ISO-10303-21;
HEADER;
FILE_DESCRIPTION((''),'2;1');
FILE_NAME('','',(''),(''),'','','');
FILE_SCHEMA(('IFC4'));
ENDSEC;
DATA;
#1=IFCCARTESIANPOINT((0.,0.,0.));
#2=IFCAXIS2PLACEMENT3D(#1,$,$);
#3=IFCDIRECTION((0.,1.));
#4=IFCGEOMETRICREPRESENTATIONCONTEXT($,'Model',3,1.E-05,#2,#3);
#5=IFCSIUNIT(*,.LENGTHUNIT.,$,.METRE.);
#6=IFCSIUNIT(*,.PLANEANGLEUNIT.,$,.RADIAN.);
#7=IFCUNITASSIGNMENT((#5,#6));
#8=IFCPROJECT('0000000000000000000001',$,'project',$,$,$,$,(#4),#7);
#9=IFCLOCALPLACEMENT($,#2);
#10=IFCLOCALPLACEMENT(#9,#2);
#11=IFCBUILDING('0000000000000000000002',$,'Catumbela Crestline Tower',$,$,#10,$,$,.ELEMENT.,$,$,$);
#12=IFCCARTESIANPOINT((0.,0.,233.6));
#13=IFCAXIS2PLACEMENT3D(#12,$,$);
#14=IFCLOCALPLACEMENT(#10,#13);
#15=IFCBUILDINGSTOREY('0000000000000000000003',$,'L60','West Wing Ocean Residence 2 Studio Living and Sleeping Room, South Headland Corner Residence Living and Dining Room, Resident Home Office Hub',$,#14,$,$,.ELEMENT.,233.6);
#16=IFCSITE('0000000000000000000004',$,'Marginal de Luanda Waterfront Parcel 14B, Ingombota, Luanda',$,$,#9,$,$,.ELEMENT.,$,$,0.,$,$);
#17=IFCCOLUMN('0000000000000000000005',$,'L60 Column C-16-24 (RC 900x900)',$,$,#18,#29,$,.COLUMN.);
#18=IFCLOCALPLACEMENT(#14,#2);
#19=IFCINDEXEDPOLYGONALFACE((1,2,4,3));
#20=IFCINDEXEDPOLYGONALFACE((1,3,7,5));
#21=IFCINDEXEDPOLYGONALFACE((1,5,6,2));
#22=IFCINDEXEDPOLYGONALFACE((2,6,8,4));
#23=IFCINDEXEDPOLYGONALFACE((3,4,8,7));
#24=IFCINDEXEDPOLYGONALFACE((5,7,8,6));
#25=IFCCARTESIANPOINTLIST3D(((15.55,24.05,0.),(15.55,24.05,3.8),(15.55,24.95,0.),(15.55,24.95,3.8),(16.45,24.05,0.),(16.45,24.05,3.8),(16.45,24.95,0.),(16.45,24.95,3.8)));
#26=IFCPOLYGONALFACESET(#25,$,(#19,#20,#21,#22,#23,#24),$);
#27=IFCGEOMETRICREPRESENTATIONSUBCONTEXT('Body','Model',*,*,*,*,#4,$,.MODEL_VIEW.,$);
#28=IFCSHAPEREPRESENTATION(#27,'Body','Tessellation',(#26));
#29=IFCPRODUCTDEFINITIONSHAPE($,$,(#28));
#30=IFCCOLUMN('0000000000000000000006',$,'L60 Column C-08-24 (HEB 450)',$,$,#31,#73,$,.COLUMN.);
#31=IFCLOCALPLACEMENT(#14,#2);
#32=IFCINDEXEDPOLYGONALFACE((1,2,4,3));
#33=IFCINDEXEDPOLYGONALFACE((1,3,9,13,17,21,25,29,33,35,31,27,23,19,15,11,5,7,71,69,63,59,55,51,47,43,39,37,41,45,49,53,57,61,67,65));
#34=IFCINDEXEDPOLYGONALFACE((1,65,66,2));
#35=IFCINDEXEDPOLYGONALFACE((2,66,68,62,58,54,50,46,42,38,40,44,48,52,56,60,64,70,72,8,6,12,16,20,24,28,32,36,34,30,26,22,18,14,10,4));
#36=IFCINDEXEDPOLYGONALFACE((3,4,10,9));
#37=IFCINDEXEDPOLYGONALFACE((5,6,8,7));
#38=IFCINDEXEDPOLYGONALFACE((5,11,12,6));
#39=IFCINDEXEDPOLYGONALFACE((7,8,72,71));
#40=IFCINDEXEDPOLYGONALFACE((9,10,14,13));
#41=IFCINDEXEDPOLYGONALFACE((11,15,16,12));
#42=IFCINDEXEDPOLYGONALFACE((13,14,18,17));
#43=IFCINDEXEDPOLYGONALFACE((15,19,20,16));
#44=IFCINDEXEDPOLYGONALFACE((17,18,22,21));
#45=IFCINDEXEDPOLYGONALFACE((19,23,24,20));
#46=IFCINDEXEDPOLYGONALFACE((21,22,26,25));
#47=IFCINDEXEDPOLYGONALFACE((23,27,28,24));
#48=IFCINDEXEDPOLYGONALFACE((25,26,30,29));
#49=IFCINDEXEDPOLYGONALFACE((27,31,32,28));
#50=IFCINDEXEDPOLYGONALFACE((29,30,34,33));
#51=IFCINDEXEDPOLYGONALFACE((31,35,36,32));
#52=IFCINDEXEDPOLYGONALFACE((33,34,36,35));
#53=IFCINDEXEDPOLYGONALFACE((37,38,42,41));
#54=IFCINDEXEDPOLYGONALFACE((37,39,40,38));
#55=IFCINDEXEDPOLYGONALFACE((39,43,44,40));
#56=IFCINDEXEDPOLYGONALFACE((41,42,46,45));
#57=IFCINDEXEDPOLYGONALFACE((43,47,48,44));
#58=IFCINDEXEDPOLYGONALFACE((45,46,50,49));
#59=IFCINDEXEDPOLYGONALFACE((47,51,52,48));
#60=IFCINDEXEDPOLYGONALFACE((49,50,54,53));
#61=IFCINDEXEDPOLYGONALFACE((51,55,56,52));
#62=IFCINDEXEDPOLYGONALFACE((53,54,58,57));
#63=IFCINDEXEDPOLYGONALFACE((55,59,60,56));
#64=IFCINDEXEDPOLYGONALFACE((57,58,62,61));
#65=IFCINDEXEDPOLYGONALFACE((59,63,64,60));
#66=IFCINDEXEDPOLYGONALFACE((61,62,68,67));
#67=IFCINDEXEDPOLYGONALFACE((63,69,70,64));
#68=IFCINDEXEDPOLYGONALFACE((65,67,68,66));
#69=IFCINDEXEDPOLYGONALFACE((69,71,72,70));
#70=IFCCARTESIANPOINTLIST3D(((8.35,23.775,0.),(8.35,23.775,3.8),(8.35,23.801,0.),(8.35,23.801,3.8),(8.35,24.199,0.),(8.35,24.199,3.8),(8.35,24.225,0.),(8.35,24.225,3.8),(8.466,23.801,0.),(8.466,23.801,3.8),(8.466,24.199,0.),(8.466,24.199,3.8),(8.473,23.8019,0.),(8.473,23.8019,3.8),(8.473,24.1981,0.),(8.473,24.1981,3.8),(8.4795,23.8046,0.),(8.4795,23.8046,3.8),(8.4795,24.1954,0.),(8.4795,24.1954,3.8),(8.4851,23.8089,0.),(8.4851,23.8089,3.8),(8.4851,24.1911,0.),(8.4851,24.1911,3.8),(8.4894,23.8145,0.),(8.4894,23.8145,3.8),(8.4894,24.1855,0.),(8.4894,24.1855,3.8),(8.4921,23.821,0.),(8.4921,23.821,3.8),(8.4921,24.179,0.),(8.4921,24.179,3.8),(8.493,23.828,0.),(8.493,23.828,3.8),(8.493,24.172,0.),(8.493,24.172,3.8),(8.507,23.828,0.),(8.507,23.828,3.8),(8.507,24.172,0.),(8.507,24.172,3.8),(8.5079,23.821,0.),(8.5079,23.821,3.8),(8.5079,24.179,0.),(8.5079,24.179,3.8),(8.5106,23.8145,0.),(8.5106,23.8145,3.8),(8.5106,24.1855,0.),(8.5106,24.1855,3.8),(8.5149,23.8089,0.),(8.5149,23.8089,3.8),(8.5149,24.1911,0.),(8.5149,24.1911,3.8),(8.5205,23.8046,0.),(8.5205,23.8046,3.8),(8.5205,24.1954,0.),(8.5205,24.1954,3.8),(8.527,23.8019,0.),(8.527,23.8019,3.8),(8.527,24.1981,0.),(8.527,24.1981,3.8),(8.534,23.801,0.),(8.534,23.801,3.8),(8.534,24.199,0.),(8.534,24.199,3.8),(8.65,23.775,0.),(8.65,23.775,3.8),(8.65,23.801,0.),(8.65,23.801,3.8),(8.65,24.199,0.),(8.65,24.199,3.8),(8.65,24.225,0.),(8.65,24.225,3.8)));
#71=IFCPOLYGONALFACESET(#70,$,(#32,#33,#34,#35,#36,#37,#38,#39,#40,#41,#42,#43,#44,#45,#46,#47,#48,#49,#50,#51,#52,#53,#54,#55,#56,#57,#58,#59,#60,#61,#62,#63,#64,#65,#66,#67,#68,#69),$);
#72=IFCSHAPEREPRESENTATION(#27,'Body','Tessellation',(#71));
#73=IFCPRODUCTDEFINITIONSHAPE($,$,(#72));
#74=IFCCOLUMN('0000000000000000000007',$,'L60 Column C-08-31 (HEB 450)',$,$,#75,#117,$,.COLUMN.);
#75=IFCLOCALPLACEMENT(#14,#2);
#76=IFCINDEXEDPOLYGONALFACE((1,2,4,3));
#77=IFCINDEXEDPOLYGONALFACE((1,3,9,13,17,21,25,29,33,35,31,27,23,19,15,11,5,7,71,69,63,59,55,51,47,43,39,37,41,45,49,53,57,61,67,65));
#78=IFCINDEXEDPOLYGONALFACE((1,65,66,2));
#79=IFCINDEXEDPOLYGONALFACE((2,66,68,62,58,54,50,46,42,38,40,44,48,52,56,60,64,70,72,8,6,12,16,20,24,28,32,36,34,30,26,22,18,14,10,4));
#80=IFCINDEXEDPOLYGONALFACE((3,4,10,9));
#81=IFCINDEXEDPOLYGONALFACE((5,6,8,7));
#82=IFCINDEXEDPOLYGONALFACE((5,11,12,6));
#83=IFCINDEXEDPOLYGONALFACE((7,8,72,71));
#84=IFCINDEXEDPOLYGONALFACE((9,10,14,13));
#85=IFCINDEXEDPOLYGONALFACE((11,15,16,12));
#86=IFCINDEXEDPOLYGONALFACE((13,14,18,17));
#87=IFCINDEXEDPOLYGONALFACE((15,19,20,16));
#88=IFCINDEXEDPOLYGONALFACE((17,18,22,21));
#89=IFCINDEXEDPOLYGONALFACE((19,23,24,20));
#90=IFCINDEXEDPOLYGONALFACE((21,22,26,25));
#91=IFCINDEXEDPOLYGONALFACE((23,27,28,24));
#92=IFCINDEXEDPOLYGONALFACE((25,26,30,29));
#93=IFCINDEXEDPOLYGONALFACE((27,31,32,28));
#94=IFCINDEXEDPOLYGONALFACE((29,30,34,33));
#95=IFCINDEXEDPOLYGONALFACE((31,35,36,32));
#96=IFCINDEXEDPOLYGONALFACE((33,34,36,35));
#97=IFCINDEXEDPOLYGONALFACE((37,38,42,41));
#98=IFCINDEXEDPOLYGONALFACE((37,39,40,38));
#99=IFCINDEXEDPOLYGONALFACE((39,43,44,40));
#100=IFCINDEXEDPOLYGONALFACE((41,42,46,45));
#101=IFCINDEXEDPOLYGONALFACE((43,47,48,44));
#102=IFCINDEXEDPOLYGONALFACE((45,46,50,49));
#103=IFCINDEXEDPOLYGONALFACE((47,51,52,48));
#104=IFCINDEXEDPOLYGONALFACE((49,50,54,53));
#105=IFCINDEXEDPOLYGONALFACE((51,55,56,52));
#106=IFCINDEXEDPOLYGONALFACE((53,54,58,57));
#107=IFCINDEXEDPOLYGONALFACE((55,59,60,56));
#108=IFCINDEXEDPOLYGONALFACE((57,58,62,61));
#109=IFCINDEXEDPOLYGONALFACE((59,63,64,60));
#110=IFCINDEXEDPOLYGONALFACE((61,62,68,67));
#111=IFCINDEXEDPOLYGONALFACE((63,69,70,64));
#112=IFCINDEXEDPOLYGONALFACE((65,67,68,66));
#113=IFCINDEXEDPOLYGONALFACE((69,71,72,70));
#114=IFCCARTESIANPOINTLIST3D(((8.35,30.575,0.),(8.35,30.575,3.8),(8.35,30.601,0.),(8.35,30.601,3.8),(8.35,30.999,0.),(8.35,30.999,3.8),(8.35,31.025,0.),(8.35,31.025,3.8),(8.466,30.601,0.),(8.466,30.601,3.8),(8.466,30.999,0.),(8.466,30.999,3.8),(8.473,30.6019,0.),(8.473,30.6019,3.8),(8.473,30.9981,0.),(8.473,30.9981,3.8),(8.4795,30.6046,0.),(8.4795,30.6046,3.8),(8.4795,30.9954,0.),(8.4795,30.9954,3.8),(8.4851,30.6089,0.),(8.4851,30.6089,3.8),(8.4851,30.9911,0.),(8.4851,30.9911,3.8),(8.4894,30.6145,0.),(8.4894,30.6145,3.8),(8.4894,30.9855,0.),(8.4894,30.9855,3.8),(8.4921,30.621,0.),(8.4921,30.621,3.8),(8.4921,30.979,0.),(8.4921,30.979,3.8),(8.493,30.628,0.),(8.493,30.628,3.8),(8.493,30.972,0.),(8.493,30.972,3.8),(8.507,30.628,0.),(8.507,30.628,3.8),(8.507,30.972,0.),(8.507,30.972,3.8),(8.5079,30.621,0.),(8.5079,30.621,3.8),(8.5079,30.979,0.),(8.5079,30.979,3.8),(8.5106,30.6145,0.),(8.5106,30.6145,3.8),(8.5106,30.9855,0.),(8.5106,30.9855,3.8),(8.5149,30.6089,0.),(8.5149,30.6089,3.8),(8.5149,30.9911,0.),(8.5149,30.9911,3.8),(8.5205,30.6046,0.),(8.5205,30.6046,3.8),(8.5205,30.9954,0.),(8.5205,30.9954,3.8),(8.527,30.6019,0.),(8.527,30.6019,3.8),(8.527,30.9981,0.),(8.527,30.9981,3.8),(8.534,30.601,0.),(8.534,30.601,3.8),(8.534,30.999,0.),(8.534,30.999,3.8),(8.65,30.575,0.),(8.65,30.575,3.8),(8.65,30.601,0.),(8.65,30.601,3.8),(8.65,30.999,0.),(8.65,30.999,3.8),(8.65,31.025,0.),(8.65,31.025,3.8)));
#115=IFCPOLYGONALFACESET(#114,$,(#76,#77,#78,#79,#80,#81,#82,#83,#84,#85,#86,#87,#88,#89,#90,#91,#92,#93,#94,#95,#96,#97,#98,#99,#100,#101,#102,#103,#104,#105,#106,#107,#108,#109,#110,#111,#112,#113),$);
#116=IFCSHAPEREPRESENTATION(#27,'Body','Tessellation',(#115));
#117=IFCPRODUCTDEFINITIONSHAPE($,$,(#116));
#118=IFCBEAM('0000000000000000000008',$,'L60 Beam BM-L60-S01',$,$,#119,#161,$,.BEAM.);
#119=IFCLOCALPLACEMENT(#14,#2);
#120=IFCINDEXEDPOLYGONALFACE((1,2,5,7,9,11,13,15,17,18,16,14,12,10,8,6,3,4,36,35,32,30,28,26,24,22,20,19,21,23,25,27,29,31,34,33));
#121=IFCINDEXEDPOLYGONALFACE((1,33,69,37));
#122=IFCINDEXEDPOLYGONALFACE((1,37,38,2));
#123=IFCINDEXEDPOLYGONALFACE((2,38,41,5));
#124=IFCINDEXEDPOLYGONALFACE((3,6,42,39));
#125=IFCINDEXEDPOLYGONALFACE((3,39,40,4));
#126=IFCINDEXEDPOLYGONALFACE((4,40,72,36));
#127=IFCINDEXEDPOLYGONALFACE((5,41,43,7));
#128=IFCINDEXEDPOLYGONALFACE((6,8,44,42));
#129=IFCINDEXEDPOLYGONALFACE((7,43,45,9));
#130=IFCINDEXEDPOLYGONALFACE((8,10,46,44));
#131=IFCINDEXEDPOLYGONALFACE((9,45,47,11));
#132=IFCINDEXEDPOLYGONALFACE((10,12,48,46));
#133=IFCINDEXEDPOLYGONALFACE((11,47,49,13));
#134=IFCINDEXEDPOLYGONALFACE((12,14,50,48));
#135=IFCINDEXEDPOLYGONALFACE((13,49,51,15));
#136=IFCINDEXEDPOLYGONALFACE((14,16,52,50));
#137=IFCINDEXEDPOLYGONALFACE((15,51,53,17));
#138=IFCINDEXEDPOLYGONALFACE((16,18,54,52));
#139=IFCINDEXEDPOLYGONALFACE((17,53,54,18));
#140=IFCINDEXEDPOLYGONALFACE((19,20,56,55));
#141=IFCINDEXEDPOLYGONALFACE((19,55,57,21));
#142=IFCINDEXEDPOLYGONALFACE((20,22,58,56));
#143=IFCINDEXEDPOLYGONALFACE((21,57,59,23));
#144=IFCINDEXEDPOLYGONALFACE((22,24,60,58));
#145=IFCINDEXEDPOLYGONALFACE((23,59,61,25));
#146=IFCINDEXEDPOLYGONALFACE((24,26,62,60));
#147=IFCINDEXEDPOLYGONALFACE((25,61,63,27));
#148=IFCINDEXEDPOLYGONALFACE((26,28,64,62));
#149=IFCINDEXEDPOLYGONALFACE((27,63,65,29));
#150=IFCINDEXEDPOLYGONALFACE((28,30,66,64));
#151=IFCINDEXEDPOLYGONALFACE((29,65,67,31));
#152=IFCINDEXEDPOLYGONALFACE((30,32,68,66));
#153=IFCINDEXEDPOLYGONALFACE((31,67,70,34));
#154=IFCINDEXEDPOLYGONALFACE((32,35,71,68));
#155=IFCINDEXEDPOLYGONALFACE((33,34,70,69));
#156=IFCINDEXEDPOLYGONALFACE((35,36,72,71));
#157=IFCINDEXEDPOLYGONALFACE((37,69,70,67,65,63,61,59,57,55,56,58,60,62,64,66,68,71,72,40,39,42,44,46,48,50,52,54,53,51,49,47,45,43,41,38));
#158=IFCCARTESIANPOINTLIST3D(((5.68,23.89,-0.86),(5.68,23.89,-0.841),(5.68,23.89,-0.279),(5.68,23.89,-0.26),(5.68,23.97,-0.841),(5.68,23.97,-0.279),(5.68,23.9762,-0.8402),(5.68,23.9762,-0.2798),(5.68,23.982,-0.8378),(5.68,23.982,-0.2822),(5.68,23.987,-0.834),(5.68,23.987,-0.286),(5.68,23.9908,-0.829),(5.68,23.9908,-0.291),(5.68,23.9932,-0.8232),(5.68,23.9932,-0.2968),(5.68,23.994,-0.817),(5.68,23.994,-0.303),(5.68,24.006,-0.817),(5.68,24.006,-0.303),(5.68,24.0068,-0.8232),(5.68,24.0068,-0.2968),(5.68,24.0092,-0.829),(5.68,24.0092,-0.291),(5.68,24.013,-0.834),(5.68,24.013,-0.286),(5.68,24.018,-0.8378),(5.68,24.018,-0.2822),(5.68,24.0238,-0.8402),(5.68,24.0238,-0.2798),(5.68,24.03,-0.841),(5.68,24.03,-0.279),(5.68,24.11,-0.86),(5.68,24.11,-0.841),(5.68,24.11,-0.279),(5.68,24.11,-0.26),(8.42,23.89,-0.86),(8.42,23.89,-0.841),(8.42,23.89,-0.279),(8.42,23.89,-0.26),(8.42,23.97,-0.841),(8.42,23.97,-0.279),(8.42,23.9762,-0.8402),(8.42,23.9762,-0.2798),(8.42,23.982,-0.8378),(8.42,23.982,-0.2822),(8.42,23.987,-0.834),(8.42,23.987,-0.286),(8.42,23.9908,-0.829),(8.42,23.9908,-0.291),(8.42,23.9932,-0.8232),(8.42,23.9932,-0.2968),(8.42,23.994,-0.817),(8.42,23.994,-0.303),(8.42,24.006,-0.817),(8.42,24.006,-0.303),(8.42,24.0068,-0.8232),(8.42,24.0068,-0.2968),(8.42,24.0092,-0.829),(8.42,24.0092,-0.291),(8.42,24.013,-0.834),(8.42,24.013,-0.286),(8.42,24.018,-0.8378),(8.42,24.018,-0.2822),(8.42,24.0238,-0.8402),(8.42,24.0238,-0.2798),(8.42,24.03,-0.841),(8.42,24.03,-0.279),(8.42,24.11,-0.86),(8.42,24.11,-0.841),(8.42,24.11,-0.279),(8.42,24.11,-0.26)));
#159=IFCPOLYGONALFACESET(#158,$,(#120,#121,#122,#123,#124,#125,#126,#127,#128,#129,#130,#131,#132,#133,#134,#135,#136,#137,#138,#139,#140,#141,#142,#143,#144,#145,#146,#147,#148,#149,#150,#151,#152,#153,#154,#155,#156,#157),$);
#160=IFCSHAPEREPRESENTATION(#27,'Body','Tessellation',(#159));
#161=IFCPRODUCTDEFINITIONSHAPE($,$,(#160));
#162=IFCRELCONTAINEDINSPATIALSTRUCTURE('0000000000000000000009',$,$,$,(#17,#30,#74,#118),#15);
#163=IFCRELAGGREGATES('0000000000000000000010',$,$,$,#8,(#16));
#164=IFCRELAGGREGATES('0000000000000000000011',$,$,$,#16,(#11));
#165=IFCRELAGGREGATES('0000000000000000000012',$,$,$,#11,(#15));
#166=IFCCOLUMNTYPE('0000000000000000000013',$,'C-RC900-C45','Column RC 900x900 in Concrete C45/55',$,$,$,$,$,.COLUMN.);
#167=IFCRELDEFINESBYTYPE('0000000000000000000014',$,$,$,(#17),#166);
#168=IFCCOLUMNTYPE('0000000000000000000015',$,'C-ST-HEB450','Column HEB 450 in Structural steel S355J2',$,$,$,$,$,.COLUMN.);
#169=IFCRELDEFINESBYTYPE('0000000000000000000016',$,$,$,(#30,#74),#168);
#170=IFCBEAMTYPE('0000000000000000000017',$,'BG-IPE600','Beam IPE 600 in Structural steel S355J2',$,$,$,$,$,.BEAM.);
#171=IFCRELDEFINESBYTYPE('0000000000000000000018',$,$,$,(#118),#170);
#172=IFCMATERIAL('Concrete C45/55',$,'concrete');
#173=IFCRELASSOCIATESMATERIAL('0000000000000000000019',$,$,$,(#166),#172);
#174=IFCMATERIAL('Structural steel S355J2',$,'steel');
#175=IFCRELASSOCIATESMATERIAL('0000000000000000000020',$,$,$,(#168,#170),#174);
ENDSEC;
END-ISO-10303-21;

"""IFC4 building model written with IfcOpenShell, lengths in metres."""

from ifc_helpers import new_model, si_unit, direction, frame, origin, origin_2d, place, context, subcontext, project, spatial, rectangle, i_section, extrude, material, material_profile, profile_set, type_object, element, save


model = new_model("IFC4")

# Units and contexts
model_context = context("Model", 3, precision=1e-05, world=origin(), true_north=direction((0.0, 1.0)))
body_context = subcontext(model_context, "Body", "Model", "MODEL_VIEW")
ifc_project = project(units=[si_unit("LENGTHUNIT", "METRE"), si_unit("PLANEANGLEUNIT", "RADIAN")], contexts=[model_context])

# Site, building, storey
site_placement = place(None, origin())
site = spatial("IfcSite", under=ifc_project, at=site_placement, Name="Marginal de Luanda Waterfront Parcel 14B, Ingombota, Luanda", CompositionType="ELEMENT", RefElevation=0.0)
building_placement = place(site_placement, origin())
building = spatial("IfcBuilding", under=site, at=building_placement, Name="Catumbela Crestline Tower", CompositionType="ELEMENT")
storey_placement = place(building_placement, frame((0.0, 0.0, 233.6)))
storey = spatial("IfcBuildingStorey", under=building, at=storey_placement, Name="L60", Description="West Wing Ocean Residence 2 Studio Living and Sleeping Room, South Headland Corner Residence Living and Dining Room, Resident Home Office Hub", CompositionType="ELEMENT", Elevation=233.6)

# Columns
ifc_material_1 = material(Name="Concrete C45/55", Category="concrete")
ifc_material_profile_1 = material_profile(ifc_material_1, rectangle(XDim=0.9, YDim=0.9, at=origin_2d()), Name="RC 900x900")
ifc_profile_set_1 = profile_set([ifc_material_profile_1], Name="Concrete C45/55")
column_type_1 = type_object("IfcColumnType", Name="C-RC900-C45", Description="Column RC 900x900 in Concrete C45/55", PredefinedType="COLUMN", material=ifc_profile_set_1)
column_placement = place(storey_placement, frame((16.0, 24.5, 0.0), z_axis=(0.0, 0.0, 1.0), x_axis=(1.0, 0.0, 0.0)))
element("IfcColumn", 1, at=column_placement, inside=storey, type_object=column_type_1, Name="L60 Column C-16-24 (RC 900x900)", PredefinedType="COLUMN", context=body_context, shape_type="SweptSolid", body=[
    extrude(rectangle(XDim=0.9, YDim=0.9, at=origin_2d()), origin(), (0.0, 0.0, 1.0), 3.8),
])
ifc_material_2 = material(Name="Structural steel S355J2", Category="steel")
ifc_material_profile_2 = material_profile(ifc_material_2, i_section(OverallWidth=0.3, OverallDepth=0.45, WebThickness=0.014, FlangeThickness=0.026, FilletRadius=0.027, at=origin_2d()), Name="HEB 450")
ifc_profile_set_2 = profile_set([ifc_material_profile_2], Name="Structural steel S355J2")
column_type_2 = type_object("IfcColumnType", Name="C-ST-HEB450", Description="Column HEB 450 in Structural steel S355J2", PredefinedType="COLUMN", material=ifc_profile_set_2)
for number, where, z_axis, x_axis, name in (
    (2, (8.5, 24.0, 0.0), (0.0, 0.0, 1.0), (1.0, 0.0, 0.0), "L60 Column C-08-24 (HEB 450)"),
    (3, (8.5, 30.8, 0.0), (0.0, 0.0, 1.0), (1.0, 0.0, 0.0), "L60 Column C-08-31 (HEB 450)"),
):
    element("IfcColumn", number, at=place(storey_placement, frame(where, z_axis=z_axis, x_axis=x_axis)), inside=storey, type_object=column_type_2, Name=name, PredefinedType="COLUMN", context=body_context, shape_type="SweptSolid", body=[
        extrude(i_section(OverallWidth=0.3, OverallDepth=0.45, WebThickness=0.014, FlangeThickness=0.026, FilletRadius=0.027, at=origin_2d()), origin(), (0.0, 0.0, 1.0), 3.8),
    ])

# Beam
ifc_material_profile_3 = material_profile(ifc_material_2, i_section(OverallWidth=0.22, OverallDepth=0.6, WebThickness=0.012, FlangeThickness=0.019, FilletRadius=0.024, at=origin_2d()), Name="IPE 600")
ifc_profile_set_3 = profile_set([ifc_material_profile_3], Name="Structural steel S355J2")
beam_type = type_object("IfcBeamType", Name="BG-IPE600", Description="Beam IPE 600 in Structural steel S355J2", PredefinedType="BEAM", material=ifc_profile_set_3)
beam_1_placement = place(storey_placement, frame((5.68, 24.0, -0.56), z_axis=(1.0, 0.0, 0.0), x_axis=(0.0, 1.0, 0.0)))
element("IfcBeam", 4, at=beam_1_placement, inside=storey, type_object=beam_type, Name="L60 Beam BM-L60-S01", PredefinedType="BEAM", context=body_context, shape_type="SweptSolid", body=[
    extrude(i_section(OverallWidth=0.22, OverallDepth=0.6, WebThickness=0.012, FlangeThickness=0.019, FilletRadius=0.024, at=origin_2d()), origin(), (0.0, 0.0, 1.0), 2.74),
])

save(model, "model.ifc")
